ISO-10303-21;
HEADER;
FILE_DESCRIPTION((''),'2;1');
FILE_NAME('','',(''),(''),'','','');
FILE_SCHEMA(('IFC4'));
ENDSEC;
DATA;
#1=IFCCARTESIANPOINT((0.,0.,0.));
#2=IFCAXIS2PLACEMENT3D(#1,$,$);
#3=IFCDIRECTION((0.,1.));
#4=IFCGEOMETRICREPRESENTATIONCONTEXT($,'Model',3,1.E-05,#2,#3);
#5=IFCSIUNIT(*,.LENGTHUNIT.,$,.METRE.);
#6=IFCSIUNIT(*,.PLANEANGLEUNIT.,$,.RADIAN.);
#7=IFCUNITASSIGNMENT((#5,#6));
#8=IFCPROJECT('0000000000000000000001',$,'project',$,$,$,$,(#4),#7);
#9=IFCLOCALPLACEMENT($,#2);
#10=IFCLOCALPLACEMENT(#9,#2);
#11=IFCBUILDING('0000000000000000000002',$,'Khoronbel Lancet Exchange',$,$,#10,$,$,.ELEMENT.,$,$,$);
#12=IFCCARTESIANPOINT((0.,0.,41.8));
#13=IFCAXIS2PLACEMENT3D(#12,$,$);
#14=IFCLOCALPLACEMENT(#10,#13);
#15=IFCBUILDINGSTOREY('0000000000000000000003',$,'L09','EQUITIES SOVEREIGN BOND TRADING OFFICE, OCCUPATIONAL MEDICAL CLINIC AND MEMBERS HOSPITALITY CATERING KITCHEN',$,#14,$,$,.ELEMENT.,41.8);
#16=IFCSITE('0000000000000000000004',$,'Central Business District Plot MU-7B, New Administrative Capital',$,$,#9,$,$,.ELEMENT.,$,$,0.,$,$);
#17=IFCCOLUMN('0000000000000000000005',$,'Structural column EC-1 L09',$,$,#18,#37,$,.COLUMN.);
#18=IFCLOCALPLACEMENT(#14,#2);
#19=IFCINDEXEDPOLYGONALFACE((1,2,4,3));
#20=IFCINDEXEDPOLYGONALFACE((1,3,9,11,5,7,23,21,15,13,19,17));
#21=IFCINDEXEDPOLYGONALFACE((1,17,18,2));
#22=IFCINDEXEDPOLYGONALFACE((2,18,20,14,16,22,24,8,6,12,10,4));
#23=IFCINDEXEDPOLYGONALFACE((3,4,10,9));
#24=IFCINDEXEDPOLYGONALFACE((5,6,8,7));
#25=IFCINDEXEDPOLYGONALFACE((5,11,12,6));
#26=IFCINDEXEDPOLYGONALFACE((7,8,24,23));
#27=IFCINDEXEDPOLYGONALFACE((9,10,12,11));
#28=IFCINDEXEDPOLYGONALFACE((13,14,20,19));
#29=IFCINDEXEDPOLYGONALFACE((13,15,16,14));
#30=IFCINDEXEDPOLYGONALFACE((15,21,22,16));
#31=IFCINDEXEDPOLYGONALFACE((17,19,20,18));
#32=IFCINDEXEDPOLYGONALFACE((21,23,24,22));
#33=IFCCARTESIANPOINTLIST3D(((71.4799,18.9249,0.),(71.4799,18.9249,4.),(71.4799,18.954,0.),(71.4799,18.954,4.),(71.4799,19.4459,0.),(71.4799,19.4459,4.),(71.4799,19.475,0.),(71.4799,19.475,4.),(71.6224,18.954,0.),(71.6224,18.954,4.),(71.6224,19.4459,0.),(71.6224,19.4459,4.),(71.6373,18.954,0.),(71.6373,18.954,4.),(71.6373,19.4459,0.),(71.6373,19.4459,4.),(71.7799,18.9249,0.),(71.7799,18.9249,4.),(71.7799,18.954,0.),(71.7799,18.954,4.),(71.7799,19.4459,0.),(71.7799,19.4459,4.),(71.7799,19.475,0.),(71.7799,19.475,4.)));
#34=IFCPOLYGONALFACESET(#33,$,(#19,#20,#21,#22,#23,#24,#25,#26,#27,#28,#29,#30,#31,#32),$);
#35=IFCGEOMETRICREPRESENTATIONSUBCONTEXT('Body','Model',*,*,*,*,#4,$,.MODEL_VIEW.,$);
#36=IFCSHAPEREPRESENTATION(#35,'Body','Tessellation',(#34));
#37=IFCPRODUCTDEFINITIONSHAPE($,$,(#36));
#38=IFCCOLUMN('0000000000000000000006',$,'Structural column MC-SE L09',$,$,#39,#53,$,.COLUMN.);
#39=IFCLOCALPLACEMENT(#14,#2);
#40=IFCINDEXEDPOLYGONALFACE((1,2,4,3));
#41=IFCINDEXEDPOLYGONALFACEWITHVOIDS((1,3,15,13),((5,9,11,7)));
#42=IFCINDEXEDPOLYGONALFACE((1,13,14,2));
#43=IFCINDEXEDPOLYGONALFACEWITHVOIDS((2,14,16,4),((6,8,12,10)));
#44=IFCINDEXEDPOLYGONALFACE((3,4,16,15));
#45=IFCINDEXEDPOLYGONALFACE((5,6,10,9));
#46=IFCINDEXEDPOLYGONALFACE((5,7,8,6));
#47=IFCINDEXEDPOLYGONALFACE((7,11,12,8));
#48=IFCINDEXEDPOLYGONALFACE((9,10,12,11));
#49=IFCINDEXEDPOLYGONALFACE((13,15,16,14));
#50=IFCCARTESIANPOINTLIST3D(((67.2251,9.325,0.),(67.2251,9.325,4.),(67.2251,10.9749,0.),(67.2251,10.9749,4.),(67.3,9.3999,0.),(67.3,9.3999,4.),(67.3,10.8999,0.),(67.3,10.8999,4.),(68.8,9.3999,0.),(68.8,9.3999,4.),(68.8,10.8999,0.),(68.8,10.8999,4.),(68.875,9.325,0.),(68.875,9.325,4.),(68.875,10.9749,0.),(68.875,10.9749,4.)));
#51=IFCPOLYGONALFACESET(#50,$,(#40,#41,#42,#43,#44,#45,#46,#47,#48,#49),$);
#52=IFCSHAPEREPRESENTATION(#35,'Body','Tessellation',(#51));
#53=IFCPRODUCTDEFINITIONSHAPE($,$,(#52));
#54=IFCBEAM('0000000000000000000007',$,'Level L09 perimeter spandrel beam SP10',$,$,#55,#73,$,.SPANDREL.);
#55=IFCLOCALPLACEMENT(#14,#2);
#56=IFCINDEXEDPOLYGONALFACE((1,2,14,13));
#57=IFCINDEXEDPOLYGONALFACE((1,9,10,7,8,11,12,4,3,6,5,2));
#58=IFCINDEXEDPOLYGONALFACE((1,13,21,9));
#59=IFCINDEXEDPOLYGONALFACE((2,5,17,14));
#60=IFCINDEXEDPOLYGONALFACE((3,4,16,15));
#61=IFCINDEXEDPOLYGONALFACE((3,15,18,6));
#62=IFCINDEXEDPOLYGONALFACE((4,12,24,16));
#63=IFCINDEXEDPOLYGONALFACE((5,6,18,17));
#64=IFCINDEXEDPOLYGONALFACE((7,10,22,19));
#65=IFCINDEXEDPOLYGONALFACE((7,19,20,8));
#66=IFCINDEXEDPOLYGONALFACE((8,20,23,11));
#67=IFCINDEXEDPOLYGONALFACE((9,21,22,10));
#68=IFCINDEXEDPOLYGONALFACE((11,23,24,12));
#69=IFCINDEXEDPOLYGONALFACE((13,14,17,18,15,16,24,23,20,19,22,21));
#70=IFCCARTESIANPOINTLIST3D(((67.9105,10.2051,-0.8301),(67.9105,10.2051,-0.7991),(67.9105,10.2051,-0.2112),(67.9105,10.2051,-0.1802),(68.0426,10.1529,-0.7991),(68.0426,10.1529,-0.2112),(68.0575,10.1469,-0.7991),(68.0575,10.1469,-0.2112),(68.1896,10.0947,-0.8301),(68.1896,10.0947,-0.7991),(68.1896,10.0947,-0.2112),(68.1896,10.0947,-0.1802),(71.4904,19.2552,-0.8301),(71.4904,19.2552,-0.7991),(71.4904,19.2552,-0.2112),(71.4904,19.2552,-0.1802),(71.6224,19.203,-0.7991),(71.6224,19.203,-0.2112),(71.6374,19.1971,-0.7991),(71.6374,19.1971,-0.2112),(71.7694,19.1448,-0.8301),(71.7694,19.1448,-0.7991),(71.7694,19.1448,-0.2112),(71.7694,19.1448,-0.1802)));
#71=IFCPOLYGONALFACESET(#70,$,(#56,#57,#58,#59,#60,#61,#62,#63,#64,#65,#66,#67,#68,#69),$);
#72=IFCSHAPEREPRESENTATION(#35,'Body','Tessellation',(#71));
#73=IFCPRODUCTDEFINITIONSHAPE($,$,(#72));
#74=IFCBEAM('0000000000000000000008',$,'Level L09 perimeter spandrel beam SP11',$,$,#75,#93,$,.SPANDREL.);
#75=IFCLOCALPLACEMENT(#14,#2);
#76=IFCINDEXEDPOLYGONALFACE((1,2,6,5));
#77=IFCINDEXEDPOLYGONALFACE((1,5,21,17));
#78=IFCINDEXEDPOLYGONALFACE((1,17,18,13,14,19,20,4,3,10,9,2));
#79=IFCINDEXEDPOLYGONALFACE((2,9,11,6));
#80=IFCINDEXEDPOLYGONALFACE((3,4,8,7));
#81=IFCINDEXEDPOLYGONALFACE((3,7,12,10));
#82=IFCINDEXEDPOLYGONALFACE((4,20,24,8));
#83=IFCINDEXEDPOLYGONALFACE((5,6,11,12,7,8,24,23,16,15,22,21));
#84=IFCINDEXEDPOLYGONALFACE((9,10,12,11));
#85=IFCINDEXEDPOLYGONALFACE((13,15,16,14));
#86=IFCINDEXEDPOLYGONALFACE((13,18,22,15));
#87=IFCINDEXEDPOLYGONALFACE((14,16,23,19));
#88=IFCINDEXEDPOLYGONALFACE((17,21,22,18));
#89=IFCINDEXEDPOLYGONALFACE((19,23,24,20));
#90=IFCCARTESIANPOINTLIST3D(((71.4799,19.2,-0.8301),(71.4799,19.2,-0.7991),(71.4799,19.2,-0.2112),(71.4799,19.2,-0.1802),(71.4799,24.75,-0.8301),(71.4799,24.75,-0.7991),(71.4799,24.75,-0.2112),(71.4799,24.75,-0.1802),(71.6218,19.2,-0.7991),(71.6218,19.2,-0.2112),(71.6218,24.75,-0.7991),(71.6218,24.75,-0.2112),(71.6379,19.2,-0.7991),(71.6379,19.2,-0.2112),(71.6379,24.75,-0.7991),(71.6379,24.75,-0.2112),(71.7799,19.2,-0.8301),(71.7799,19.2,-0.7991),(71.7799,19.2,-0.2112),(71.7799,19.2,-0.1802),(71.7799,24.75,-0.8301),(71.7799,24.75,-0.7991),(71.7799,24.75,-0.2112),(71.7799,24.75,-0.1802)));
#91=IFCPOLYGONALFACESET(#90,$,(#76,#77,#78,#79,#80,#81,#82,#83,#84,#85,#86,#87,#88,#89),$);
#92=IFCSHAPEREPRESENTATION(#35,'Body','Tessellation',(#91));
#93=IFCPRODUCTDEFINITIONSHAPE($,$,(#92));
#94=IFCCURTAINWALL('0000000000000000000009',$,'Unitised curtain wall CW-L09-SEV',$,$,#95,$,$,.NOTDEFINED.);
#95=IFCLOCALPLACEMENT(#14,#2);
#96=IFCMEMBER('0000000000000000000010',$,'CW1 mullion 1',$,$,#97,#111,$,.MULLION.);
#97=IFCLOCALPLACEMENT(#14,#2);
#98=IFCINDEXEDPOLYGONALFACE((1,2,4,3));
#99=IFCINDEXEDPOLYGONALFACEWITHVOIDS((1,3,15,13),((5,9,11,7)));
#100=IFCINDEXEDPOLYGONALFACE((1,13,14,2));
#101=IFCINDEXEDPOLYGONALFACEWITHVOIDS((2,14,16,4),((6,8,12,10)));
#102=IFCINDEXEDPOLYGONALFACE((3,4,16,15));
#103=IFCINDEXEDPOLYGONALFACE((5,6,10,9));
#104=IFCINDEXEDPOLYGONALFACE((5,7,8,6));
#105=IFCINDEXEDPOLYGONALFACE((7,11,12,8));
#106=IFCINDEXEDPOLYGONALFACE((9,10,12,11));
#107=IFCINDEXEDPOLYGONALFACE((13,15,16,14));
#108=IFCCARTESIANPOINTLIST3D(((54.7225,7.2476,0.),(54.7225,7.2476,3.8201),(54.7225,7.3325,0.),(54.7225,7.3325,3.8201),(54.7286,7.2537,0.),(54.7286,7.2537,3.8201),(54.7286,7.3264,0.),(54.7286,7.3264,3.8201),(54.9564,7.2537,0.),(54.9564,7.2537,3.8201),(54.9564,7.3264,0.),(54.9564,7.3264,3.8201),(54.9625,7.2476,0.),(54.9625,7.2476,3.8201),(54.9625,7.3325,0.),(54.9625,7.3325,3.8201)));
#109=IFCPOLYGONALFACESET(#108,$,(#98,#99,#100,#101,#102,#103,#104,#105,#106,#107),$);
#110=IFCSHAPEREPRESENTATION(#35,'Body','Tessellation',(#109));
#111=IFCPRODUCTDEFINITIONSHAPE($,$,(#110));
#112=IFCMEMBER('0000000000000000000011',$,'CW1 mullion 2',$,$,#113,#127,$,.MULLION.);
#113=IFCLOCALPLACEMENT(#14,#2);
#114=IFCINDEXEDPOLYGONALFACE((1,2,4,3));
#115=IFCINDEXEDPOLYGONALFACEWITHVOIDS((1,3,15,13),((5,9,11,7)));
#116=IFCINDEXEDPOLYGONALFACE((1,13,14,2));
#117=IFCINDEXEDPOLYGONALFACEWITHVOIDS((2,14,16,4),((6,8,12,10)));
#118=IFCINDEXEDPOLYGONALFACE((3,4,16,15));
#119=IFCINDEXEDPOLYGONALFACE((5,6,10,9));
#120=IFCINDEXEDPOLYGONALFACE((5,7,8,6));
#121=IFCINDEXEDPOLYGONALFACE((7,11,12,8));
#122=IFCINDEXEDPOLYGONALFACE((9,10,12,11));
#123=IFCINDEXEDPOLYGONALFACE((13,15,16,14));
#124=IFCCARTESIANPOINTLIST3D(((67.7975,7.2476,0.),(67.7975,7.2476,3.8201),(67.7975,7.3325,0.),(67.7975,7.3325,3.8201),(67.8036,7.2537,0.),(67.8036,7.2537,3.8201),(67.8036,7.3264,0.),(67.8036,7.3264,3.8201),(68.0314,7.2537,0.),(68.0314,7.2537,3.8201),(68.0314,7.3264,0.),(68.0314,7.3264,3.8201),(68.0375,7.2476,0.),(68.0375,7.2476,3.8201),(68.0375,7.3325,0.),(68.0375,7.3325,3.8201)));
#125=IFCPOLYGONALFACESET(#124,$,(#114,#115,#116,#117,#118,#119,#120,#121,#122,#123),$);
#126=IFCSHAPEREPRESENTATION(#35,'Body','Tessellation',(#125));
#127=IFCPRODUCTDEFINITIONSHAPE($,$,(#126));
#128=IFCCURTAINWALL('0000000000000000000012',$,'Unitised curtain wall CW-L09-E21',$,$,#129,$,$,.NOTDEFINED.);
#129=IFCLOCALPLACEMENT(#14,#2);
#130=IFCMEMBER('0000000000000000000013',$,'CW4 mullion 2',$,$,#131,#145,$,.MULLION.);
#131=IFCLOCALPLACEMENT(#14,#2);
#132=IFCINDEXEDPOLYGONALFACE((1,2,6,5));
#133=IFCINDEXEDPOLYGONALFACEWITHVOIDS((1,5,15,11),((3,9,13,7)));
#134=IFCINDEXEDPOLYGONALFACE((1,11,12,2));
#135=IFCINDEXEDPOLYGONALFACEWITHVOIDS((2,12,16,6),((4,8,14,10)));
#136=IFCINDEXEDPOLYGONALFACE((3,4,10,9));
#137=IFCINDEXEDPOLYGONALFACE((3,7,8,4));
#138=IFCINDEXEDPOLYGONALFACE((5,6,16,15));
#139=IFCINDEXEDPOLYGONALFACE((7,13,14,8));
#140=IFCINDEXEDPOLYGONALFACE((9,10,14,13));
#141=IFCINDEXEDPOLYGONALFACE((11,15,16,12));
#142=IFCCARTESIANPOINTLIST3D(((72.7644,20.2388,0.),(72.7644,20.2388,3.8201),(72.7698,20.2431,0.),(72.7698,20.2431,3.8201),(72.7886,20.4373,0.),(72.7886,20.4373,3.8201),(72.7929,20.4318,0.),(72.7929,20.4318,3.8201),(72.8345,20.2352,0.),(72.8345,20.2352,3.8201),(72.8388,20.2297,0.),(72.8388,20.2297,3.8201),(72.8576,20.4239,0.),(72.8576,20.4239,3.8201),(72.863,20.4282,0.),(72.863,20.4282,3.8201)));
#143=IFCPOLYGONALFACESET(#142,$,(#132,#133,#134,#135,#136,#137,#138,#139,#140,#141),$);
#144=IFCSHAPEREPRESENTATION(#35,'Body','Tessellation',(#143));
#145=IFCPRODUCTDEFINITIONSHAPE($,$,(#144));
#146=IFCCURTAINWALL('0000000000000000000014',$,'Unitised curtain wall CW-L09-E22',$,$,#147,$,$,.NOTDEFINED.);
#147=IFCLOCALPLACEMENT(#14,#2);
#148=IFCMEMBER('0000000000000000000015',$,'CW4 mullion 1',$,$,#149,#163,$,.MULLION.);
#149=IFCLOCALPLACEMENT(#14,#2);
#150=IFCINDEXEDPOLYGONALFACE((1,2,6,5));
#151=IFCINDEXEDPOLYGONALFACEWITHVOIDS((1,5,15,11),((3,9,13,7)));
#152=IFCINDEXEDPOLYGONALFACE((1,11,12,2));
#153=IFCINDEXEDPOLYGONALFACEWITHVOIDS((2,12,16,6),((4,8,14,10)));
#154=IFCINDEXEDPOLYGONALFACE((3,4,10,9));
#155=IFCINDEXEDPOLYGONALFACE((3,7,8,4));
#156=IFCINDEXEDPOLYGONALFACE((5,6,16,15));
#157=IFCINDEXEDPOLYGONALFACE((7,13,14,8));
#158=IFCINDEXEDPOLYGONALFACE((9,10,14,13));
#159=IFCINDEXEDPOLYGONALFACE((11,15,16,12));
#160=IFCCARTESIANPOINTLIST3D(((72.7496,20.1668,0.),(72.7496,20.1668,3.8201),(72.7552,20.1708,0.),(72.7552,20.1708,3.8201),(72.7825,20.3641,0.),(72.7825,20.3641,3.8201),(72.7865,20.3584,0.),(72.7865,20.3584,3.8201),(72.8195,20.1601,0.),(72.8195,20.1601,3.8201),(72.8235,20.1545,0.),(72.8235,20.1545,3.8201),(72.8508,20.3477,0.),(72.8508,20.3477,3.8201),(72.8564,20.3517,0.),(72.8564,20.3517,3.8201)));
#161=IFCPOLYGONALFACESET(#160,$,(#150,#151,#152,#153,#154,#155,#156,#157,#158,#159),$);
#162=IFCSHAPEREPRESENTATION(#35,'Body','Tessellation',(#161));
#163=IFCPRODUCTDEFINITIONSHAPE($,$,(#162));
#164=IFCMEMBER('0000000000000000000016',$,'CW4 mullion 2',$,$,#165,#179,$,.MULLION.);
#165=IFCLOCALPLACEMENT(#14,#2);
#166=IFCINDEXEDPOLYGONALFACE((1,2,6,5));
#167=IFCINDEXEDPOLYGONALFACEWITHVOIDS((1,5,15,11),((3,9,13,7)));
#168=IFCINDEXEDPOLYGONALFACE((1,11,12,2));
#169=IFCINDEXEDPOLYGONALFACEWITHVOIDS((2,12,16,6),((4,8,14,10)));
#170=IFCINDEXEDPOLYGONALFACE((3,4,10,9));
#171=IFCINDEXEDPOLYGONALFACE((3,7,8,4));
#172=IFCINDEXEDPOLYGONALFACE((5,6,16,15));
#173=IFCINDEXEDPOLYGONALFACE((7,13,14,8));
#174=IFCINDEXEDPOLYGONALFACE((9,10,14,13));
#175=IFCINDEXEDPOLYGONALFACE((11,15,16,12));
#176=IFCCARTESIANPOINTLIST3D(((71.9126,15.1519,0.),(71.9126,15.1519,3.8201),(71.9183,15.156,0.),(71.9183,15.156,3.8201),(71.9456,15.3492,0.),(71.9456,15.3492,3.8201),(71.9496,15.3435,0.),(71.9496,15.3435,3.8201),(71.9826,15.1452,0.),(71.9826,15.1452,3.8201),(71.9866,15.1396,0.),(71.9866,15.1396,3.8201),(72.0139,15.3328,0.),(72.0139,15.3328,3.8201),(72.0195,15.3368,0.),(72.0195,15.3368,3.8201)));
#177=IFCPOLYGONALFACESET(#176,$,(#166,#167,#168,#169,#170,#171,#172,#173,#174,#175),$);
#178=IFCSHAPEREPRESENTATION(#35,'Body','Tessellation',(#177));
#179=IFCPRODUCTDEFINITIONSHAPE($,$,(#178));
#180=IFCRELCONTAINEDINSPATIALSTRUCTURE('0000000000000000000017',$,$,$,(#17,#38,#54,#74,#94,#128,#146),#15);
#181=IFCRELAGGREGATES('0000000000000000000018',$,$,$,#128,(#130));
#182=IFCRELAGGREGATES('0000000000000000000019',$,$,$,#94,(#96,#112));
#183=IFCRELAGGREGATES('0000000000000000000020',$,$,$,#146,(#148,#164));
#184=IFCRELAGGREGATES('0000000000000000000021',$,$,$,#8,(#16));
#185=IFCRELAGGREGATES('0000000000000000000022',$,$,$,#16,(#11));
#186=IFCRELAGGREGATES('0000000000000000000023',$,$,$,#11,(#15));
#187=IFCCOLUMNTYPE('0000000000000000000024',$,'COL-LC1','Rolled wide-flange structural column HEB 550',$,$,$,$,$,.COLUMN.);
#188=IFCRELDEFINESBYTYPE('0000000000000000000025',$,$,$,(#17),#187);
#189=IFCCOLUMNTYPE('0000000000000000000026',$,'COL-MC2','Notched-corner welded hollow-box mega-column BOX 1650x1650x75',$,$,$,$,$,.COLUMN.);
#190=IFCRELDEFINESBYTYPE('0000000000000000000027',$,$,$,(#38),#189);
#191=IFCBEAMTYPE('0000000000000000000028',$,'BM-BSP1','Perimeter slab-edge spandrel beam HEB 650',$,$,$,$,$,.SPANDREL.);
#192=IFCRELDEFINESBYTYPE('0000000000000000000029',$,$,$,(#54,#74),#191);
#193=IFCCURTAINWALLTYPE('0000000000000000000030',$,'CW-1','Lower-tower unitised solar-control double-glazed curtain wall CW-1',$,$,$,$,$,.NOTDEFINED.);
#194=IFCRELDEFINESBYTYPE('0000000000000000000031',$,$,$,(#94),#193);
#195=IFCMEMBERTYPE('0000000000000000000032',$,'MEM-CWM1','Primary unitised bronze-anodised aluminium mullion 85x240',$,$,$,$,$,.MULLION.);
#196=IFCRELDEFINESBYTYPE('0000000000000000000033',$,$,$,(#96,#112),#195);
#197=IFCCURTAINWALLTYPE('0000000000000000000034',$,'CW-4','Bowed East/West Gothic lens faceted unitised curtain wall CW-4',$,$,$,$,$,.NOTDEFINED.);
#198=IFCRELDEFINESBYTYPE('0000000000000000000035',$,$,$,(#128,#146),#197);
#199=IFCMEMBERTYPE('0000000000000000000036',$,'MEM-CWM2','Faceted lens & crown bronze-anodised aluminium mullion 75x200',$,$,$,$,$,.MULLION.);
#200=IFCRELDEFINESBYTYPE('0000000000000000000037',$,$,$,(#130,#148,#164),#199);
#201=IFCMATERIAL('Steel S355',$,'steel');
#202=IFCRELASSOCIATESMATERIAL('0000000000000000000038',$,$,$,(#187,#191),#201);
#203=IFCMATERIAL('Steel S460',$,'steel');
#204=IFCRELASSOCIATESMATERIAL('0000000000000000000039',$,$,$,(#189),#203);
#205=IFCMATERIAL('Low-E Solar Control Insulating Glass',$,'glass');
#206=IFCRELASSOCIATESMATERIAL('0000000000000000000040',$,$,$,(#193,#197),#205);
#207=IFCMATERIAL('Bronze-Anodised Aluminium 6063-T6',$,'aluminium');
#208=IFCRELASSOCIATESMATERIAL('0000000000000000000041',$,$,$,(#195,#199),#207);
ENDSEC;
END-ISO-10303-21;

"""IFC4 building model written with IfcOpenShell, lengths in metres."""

from ifc_helpers import new_model, si_unit, direction, frame, origin, origin_2d, place, context, subcontext, project, spatial, hollow_rectangle, i_section, extrude, material, material_profile, profile_set, type_object, element, aggregate, save


model = new_model("IFC4")

# Units and contexts
model_context = context("Model", 3, precision=1e-05, world=origin(), true_north=direction((0.0, 1.0)))
body_context = subcontext(model_context, "Body", "Model", "MODEL_VIEW")
ifc_project = project(units=[si_unit("LENGTHUNIT", "METRE"), si_unit("PLANEANGLEUNIT", "RADIAN")], contexts=[model_context])

# Site, building, storey
site_placement = place(None, origin())
site = spatial("IfcSite", under=ifc_project, at=site_placement, Name="Central Business District Plot MU-7B, New Administrative Capital", CompositionType="ELEMENT", RefElevation=0.0)
building_placement = place(site_placement, origin())
building = spatial("IfcBuilding", under=site, at=building_placement, Name="Khoronbel Lancet Exchange", CompositionType="ELEMENT")
storey_placement = place(building_placement, frame((0.0, 0.0, 41.8)))
storey = spatial("IfcBuildingStorey", under=building, at=storey_placement, Name="L09", Description="EQUITIES SOVEREIGN BOND TRADING OFFICE, OCCUPATIONAL MEDICAL CLINIC AND MEMBERS HOSPITALITY CATERING KITCHEN", CompositionType="ELEMENT", Elevation=41.8)

# Columns
ifc_material_1 = material(Name="Steel S355", Category="steel")
ifc_material_profile_1 = material_profile(ifc_material_1, i_section(OverallWidth=0.3, OverallDepth=0.55, WebThickness=0.0149, FlangeThickness=0.0291, at=origin_2d()), Name="HEB 550")
ifc_profile_set_1 = profile_set([ifc_material_profile_1], Name="Steel S355")
column_type_1 = type_object("IfcColumnType", Name="COL-LC1", Description="Rolled wide-flange structural column HEB 550", PredefinedType="COLUMN", material=ifc_profile_set_1)
column_1_placement = place(storey_placement, frame((71.6299, 19.2, 0.0), z_axis=(0.0, 0.0, 1.0), x_axis=(1.0, 0.0, 0.0)))
element("IfcColumn", 1, at=column_1_placement, inside=storey, type_object=column_type_1, Name="Structural column EC-1 L09", PredefinedType="COLUMN", context=body_context, shape_type="SweptSolid", body=[
    extrude(i_section(OverallWidth=0.3, OverallDepth=0.55, WebThickness=0.0149, FlangeThickness=0.0291, at=origin_2d()), origin(), (0.0, 0.0, 1.0), 4.0),
])
ifc_material_2 = material(Name="Steel S460", Category="steel")
ifc_material_profile_2 = material_profile(ifc_material_2, hollow_rectangle(XDim=1.6499, YDim=1.6499, WallThickness=0.075, at=origin_2d()), Name="BOX 1650x1650x75")
ifc_profile_set_2 = profile_set([ifc_material_profile_2], Name="Steel S460")
column_type_2 = type_object("IfcColumnType", Name="COL-MC2", Description="Notched-corner welded hollow-box mega-column BOX 1650x1650x75", PredefinedType="COLUMN", material=ifc_profile_set_2)
column_2_placement = place(storey_placement, frame((68.05, 10.1499, 0.0), z_axis=(0.0, 0.0, 1.0), x_axis=(1.0, 0.0, 0.0)))
element("IfcColumn", 2, at=column_2_placement, inside=storey, type_object=column_type_2, Name="Structural column MC-SE L09", PredefinedType="COLUMN", context=body_context, shape_type="SweptSolid", body=[
    extrude(hollow_rectangle(XDim=1.6499, YDim=1.6499, WallThickness=0.075, at=origin_2d()), origin(), (0.0, 0.0, 1.0), 4.0),
])

# Beams
ifc_material_profile_3 = material_profile(ifc_material_1, i_section(OverallWidth=0.3, OverallDepth=0.6499, WebThickness=0.0161, FlangeThickness=0.031, at=origin_2d()), Name="HEB 650")
ifc_profile_set_3 = profile_set([ifc_material_profile_3], Name="Steel S355")
beam_type = type_object("IfcBeamType", Name="BM-BSP1", Description="Perimeter slab-edge spandrel beam HEB 650", PredefinedType="SPANDREL", material=ifc_profile_set_3)
beam_1_placement = place(storey_placement, frame((68.05, 10.1499, -0.5051), z_axis=(0.367828, 0.929894, 0.0), x_axis=(-0.929894, 0.367828, 0.0)))
element("IfcBeam", 3, at=beam_1_placement, inside=storey, type_object=beam_type, Name="Level L09 perimeter spandrel beam SP10", PredefinedType="SPANDREL", context=body_context, shape_type="SweptSolid", body=[
    extrude(i_section(OverallWidth=0.3, OverallDepth=0.6499, WebThickness=0.0161, FlangeThickness=0.031, at=origin_2d()), origin(), (0.0, 0.0, 1.0), 9.7324),
])
beam_2_placement = place(storey_placement, frame((71.6299, 19.2, -0.5051), z_axis=(0.0, 1.0, 0.0), x_axis=(-1.0, 0.0, 0.0)))
element("IfcBeam", 4, at=beam_2_placement, inside=storey, type_object=beam_type, Name="Level L09 perimeter spandrel beam SP11", PredefinedType="SPANDREL", context=body_context, shape_type="SweptSolid", body=[
    extrude(i_section(OverallWidth=0.3, OverallDepth=0.6499, WebThickness=0.0161, FlangeThickness=0.031, at=origin_2d()), origin(), (0.0, 0.0, 1.0), 5.55),
])

# Curtain wall, members
ifc_material_3 = material(Name="Low-E Solar Control Insulating Glass", Category="glass")
curtain_wall_type_1 = type_object("IfcCurtainWallType", Name="CW-1", Description="Lower-tower unitised solar-control double-glazed curtain wall CW-1", PredefinedType="NOTDEFINED", material=ifc_material_3)
curtain_wall_1_placement = place(storey_placement, origin())
curtain_wall_1 = element("IfcCurtainWall", 5, at=curtain_wall_1_placement, inside=storey, type_object=curtain_wall_type_1, Name="Unitised curtain wall CW-L09-SEV", PredefinedType="NOTDEFINED")
ifc_material_4 = material(Name="Bronze-Anodised Aluminium 6063-T6", Category="aluminium")
ifc_material_profile_4 = material_profile(ifc_material_4, hollow_rectangle(XDim=0.085, YDim=0.24, WallThickness=0.0061, at=origin_2d()), Name="ALU MULLION 85x240")
ifc_profile_set_4 = profile_set([ifc_material_profile_4], Name="Bronze-Anodised Aluminium 6063-T6")
member_type_1 = type_object("IfcMemberType", Name="MEM-CWM1", Description="Primary unitised bronze-anodised aluminium mullion 85x240", PredefinedType="MULLION", material=ifc_profile_set_4)
member_1_placement = place(storey_placement, frame((54.8425, 7.29, 0.0), z_axis=(0.0, 0.0, 1.0), x_axis=(0.0, 1.0, 0.0)))
member_1 = element("IfcMember", 6, at=member_1_placement, type_object=member_type_1, Name="CW1 mullion 1", PredefinedType="MULLION", context=body_context, shape_type="SweptSolid", body=[
    extrude(hollow_rectangle(XDim=0.085, YDim=0.24, WallThickness=0.0061, at=origin_2d()), origin(), (0.0, 0.0, 1.0), 3.8201),
])
member_2_placement = place(storey_placement, frame((67.9175, 7.29, 0.0), z_axis=(0.0, 0.0, 1.0), x_axis=(0.0, 1.0, 0.0)))
member_2 = element("IfcMember", 7, at=member_2_placement, type_object=member_type_1, Name="CW1 mullion 2", PredefinedType="MULLION", context=body_context, shape_type="SweptSolid", body=[
    extrude(hollow_rectangle(XDim=0.085, YDim=0.24, WallThickness=0.0061, at=origin_2d()), origin(), (0.0, 0.0, 1.0), 3.8201),
])

# Curtain wall, member
curtain_wall_type_2 = type_object("IfcCurtainWallType", Name="CW-4", Description="Bowed East/West Gothic lens faceted unitised curtain wall CW-4", PredefinedType="NOTDEFINED", material=ifc_material_3)
curtain_wall_2_placement = place(storey_placement, origin())
curtain_wall_2 = element("IfcCurtainWall", 8, at=curtain_wall_2_placement, inside=storey, type_object=curtain_wall_type_2, Name="Unitised curtain wall CW-L09-E21", PredefinedType="NOTDEFINED")
ifc_material_profile_5 = material_profile(ifc_material_4, hollow_rectangle(XDim=0.075, YDim=0.2, WallThickness=0.0049, at=origin_2d()), Name="ALU MULLION 75x200")
ifc_profile_set_5 = profile_set([ifc_material_profile_5], Name="Bronze-Anodised Aluminium 6063-T6")
member_type_2 = type_object("IfcMemberType", Name="MEM-CWM2", Description="Faceted lens & crown bronze-anodised aluminium mullion 75x200", PredefinedType="MULLION", material=ifc_profile_set_5)
member_3_placement = place(storey_placement, frame((72.8137, 20.3335, 0.0), z_axis=(0.0, 0.0, 1.0), x_axis=(0.992622, -0.121253, 0.0)))
member_3 = element("IfcMember", 9, at=member_3_placement, type_object=member_type_2, Name="CW4 mullion 2", PredefinedType="MULLION", context=body_context, shape_type="SweptSolid", body=[
    extrude(hollow_rectangle(XDim=0.075, YDim=0.2, WallThickness=0.0049, at=origin_2d()), origin(), (0.0, 0.0, 1.0), 3.8201),
])
aggregate(curtain_wall_2, [member_3])

# Curtain wall, members
curtain_wall_3_placement = place(storey_placement, origin())
curtain_wall_3 = element("IfcCurtainWall", 10, at=curtain_wall_3_placement, inside=storey, type_object=curtain_wall_type_2, Name="Unitised curtain wall CW-L09-E22", PredefinedType="NOTDEFINED")
member_4_placement = place(storey_placement, frame((72.803, 20.2593, 0.0), z_axis=(0.0, 0.0, 1.0), x_axis=(0.98636, -0.164603, 0.0)))
member_4 = element("IfcMember", 11, at=member_4_placement, type_object=member_type_2, Name="CW4 mullion 1", PredefinedType="MULLION", context=body_context, shape_type="SweptSolid", body=[
    extrude(hollow_rectangle(XDim=0.075, YDim=0.2, WallThickness=0.0049, at=origin_2d()), origin(), (0.0, 0.0, 1.0), 3.8201),
])
member_5_placement = place(storey_placement, frame((71.9661, 15.2444, 0.0), z_axis=(0.0, 0.0, 1.0), x_axis=(0.98636, -0.164603, 0.0)))
member_5 = element("IfcMember", 12, at=member_5_placement, type_object=member_type_2, Name="CW4 mullion 2", PredefinedType="MULLION", context=body_context, shape_type="SweptSolid", body=[
    extrude(hollow_rectangle(XDim=0.075, YDim=0.2, WallThickness=0.0049, at=origin_2d()), origin(), (0.0, 0.0, 1.0), 3.8201),
])

aggregate(curtain_wall_1, [member_1, member_2])
aggregate(curtain_wall_3, [member_4, member_5])

save(model, "model.ifc")
